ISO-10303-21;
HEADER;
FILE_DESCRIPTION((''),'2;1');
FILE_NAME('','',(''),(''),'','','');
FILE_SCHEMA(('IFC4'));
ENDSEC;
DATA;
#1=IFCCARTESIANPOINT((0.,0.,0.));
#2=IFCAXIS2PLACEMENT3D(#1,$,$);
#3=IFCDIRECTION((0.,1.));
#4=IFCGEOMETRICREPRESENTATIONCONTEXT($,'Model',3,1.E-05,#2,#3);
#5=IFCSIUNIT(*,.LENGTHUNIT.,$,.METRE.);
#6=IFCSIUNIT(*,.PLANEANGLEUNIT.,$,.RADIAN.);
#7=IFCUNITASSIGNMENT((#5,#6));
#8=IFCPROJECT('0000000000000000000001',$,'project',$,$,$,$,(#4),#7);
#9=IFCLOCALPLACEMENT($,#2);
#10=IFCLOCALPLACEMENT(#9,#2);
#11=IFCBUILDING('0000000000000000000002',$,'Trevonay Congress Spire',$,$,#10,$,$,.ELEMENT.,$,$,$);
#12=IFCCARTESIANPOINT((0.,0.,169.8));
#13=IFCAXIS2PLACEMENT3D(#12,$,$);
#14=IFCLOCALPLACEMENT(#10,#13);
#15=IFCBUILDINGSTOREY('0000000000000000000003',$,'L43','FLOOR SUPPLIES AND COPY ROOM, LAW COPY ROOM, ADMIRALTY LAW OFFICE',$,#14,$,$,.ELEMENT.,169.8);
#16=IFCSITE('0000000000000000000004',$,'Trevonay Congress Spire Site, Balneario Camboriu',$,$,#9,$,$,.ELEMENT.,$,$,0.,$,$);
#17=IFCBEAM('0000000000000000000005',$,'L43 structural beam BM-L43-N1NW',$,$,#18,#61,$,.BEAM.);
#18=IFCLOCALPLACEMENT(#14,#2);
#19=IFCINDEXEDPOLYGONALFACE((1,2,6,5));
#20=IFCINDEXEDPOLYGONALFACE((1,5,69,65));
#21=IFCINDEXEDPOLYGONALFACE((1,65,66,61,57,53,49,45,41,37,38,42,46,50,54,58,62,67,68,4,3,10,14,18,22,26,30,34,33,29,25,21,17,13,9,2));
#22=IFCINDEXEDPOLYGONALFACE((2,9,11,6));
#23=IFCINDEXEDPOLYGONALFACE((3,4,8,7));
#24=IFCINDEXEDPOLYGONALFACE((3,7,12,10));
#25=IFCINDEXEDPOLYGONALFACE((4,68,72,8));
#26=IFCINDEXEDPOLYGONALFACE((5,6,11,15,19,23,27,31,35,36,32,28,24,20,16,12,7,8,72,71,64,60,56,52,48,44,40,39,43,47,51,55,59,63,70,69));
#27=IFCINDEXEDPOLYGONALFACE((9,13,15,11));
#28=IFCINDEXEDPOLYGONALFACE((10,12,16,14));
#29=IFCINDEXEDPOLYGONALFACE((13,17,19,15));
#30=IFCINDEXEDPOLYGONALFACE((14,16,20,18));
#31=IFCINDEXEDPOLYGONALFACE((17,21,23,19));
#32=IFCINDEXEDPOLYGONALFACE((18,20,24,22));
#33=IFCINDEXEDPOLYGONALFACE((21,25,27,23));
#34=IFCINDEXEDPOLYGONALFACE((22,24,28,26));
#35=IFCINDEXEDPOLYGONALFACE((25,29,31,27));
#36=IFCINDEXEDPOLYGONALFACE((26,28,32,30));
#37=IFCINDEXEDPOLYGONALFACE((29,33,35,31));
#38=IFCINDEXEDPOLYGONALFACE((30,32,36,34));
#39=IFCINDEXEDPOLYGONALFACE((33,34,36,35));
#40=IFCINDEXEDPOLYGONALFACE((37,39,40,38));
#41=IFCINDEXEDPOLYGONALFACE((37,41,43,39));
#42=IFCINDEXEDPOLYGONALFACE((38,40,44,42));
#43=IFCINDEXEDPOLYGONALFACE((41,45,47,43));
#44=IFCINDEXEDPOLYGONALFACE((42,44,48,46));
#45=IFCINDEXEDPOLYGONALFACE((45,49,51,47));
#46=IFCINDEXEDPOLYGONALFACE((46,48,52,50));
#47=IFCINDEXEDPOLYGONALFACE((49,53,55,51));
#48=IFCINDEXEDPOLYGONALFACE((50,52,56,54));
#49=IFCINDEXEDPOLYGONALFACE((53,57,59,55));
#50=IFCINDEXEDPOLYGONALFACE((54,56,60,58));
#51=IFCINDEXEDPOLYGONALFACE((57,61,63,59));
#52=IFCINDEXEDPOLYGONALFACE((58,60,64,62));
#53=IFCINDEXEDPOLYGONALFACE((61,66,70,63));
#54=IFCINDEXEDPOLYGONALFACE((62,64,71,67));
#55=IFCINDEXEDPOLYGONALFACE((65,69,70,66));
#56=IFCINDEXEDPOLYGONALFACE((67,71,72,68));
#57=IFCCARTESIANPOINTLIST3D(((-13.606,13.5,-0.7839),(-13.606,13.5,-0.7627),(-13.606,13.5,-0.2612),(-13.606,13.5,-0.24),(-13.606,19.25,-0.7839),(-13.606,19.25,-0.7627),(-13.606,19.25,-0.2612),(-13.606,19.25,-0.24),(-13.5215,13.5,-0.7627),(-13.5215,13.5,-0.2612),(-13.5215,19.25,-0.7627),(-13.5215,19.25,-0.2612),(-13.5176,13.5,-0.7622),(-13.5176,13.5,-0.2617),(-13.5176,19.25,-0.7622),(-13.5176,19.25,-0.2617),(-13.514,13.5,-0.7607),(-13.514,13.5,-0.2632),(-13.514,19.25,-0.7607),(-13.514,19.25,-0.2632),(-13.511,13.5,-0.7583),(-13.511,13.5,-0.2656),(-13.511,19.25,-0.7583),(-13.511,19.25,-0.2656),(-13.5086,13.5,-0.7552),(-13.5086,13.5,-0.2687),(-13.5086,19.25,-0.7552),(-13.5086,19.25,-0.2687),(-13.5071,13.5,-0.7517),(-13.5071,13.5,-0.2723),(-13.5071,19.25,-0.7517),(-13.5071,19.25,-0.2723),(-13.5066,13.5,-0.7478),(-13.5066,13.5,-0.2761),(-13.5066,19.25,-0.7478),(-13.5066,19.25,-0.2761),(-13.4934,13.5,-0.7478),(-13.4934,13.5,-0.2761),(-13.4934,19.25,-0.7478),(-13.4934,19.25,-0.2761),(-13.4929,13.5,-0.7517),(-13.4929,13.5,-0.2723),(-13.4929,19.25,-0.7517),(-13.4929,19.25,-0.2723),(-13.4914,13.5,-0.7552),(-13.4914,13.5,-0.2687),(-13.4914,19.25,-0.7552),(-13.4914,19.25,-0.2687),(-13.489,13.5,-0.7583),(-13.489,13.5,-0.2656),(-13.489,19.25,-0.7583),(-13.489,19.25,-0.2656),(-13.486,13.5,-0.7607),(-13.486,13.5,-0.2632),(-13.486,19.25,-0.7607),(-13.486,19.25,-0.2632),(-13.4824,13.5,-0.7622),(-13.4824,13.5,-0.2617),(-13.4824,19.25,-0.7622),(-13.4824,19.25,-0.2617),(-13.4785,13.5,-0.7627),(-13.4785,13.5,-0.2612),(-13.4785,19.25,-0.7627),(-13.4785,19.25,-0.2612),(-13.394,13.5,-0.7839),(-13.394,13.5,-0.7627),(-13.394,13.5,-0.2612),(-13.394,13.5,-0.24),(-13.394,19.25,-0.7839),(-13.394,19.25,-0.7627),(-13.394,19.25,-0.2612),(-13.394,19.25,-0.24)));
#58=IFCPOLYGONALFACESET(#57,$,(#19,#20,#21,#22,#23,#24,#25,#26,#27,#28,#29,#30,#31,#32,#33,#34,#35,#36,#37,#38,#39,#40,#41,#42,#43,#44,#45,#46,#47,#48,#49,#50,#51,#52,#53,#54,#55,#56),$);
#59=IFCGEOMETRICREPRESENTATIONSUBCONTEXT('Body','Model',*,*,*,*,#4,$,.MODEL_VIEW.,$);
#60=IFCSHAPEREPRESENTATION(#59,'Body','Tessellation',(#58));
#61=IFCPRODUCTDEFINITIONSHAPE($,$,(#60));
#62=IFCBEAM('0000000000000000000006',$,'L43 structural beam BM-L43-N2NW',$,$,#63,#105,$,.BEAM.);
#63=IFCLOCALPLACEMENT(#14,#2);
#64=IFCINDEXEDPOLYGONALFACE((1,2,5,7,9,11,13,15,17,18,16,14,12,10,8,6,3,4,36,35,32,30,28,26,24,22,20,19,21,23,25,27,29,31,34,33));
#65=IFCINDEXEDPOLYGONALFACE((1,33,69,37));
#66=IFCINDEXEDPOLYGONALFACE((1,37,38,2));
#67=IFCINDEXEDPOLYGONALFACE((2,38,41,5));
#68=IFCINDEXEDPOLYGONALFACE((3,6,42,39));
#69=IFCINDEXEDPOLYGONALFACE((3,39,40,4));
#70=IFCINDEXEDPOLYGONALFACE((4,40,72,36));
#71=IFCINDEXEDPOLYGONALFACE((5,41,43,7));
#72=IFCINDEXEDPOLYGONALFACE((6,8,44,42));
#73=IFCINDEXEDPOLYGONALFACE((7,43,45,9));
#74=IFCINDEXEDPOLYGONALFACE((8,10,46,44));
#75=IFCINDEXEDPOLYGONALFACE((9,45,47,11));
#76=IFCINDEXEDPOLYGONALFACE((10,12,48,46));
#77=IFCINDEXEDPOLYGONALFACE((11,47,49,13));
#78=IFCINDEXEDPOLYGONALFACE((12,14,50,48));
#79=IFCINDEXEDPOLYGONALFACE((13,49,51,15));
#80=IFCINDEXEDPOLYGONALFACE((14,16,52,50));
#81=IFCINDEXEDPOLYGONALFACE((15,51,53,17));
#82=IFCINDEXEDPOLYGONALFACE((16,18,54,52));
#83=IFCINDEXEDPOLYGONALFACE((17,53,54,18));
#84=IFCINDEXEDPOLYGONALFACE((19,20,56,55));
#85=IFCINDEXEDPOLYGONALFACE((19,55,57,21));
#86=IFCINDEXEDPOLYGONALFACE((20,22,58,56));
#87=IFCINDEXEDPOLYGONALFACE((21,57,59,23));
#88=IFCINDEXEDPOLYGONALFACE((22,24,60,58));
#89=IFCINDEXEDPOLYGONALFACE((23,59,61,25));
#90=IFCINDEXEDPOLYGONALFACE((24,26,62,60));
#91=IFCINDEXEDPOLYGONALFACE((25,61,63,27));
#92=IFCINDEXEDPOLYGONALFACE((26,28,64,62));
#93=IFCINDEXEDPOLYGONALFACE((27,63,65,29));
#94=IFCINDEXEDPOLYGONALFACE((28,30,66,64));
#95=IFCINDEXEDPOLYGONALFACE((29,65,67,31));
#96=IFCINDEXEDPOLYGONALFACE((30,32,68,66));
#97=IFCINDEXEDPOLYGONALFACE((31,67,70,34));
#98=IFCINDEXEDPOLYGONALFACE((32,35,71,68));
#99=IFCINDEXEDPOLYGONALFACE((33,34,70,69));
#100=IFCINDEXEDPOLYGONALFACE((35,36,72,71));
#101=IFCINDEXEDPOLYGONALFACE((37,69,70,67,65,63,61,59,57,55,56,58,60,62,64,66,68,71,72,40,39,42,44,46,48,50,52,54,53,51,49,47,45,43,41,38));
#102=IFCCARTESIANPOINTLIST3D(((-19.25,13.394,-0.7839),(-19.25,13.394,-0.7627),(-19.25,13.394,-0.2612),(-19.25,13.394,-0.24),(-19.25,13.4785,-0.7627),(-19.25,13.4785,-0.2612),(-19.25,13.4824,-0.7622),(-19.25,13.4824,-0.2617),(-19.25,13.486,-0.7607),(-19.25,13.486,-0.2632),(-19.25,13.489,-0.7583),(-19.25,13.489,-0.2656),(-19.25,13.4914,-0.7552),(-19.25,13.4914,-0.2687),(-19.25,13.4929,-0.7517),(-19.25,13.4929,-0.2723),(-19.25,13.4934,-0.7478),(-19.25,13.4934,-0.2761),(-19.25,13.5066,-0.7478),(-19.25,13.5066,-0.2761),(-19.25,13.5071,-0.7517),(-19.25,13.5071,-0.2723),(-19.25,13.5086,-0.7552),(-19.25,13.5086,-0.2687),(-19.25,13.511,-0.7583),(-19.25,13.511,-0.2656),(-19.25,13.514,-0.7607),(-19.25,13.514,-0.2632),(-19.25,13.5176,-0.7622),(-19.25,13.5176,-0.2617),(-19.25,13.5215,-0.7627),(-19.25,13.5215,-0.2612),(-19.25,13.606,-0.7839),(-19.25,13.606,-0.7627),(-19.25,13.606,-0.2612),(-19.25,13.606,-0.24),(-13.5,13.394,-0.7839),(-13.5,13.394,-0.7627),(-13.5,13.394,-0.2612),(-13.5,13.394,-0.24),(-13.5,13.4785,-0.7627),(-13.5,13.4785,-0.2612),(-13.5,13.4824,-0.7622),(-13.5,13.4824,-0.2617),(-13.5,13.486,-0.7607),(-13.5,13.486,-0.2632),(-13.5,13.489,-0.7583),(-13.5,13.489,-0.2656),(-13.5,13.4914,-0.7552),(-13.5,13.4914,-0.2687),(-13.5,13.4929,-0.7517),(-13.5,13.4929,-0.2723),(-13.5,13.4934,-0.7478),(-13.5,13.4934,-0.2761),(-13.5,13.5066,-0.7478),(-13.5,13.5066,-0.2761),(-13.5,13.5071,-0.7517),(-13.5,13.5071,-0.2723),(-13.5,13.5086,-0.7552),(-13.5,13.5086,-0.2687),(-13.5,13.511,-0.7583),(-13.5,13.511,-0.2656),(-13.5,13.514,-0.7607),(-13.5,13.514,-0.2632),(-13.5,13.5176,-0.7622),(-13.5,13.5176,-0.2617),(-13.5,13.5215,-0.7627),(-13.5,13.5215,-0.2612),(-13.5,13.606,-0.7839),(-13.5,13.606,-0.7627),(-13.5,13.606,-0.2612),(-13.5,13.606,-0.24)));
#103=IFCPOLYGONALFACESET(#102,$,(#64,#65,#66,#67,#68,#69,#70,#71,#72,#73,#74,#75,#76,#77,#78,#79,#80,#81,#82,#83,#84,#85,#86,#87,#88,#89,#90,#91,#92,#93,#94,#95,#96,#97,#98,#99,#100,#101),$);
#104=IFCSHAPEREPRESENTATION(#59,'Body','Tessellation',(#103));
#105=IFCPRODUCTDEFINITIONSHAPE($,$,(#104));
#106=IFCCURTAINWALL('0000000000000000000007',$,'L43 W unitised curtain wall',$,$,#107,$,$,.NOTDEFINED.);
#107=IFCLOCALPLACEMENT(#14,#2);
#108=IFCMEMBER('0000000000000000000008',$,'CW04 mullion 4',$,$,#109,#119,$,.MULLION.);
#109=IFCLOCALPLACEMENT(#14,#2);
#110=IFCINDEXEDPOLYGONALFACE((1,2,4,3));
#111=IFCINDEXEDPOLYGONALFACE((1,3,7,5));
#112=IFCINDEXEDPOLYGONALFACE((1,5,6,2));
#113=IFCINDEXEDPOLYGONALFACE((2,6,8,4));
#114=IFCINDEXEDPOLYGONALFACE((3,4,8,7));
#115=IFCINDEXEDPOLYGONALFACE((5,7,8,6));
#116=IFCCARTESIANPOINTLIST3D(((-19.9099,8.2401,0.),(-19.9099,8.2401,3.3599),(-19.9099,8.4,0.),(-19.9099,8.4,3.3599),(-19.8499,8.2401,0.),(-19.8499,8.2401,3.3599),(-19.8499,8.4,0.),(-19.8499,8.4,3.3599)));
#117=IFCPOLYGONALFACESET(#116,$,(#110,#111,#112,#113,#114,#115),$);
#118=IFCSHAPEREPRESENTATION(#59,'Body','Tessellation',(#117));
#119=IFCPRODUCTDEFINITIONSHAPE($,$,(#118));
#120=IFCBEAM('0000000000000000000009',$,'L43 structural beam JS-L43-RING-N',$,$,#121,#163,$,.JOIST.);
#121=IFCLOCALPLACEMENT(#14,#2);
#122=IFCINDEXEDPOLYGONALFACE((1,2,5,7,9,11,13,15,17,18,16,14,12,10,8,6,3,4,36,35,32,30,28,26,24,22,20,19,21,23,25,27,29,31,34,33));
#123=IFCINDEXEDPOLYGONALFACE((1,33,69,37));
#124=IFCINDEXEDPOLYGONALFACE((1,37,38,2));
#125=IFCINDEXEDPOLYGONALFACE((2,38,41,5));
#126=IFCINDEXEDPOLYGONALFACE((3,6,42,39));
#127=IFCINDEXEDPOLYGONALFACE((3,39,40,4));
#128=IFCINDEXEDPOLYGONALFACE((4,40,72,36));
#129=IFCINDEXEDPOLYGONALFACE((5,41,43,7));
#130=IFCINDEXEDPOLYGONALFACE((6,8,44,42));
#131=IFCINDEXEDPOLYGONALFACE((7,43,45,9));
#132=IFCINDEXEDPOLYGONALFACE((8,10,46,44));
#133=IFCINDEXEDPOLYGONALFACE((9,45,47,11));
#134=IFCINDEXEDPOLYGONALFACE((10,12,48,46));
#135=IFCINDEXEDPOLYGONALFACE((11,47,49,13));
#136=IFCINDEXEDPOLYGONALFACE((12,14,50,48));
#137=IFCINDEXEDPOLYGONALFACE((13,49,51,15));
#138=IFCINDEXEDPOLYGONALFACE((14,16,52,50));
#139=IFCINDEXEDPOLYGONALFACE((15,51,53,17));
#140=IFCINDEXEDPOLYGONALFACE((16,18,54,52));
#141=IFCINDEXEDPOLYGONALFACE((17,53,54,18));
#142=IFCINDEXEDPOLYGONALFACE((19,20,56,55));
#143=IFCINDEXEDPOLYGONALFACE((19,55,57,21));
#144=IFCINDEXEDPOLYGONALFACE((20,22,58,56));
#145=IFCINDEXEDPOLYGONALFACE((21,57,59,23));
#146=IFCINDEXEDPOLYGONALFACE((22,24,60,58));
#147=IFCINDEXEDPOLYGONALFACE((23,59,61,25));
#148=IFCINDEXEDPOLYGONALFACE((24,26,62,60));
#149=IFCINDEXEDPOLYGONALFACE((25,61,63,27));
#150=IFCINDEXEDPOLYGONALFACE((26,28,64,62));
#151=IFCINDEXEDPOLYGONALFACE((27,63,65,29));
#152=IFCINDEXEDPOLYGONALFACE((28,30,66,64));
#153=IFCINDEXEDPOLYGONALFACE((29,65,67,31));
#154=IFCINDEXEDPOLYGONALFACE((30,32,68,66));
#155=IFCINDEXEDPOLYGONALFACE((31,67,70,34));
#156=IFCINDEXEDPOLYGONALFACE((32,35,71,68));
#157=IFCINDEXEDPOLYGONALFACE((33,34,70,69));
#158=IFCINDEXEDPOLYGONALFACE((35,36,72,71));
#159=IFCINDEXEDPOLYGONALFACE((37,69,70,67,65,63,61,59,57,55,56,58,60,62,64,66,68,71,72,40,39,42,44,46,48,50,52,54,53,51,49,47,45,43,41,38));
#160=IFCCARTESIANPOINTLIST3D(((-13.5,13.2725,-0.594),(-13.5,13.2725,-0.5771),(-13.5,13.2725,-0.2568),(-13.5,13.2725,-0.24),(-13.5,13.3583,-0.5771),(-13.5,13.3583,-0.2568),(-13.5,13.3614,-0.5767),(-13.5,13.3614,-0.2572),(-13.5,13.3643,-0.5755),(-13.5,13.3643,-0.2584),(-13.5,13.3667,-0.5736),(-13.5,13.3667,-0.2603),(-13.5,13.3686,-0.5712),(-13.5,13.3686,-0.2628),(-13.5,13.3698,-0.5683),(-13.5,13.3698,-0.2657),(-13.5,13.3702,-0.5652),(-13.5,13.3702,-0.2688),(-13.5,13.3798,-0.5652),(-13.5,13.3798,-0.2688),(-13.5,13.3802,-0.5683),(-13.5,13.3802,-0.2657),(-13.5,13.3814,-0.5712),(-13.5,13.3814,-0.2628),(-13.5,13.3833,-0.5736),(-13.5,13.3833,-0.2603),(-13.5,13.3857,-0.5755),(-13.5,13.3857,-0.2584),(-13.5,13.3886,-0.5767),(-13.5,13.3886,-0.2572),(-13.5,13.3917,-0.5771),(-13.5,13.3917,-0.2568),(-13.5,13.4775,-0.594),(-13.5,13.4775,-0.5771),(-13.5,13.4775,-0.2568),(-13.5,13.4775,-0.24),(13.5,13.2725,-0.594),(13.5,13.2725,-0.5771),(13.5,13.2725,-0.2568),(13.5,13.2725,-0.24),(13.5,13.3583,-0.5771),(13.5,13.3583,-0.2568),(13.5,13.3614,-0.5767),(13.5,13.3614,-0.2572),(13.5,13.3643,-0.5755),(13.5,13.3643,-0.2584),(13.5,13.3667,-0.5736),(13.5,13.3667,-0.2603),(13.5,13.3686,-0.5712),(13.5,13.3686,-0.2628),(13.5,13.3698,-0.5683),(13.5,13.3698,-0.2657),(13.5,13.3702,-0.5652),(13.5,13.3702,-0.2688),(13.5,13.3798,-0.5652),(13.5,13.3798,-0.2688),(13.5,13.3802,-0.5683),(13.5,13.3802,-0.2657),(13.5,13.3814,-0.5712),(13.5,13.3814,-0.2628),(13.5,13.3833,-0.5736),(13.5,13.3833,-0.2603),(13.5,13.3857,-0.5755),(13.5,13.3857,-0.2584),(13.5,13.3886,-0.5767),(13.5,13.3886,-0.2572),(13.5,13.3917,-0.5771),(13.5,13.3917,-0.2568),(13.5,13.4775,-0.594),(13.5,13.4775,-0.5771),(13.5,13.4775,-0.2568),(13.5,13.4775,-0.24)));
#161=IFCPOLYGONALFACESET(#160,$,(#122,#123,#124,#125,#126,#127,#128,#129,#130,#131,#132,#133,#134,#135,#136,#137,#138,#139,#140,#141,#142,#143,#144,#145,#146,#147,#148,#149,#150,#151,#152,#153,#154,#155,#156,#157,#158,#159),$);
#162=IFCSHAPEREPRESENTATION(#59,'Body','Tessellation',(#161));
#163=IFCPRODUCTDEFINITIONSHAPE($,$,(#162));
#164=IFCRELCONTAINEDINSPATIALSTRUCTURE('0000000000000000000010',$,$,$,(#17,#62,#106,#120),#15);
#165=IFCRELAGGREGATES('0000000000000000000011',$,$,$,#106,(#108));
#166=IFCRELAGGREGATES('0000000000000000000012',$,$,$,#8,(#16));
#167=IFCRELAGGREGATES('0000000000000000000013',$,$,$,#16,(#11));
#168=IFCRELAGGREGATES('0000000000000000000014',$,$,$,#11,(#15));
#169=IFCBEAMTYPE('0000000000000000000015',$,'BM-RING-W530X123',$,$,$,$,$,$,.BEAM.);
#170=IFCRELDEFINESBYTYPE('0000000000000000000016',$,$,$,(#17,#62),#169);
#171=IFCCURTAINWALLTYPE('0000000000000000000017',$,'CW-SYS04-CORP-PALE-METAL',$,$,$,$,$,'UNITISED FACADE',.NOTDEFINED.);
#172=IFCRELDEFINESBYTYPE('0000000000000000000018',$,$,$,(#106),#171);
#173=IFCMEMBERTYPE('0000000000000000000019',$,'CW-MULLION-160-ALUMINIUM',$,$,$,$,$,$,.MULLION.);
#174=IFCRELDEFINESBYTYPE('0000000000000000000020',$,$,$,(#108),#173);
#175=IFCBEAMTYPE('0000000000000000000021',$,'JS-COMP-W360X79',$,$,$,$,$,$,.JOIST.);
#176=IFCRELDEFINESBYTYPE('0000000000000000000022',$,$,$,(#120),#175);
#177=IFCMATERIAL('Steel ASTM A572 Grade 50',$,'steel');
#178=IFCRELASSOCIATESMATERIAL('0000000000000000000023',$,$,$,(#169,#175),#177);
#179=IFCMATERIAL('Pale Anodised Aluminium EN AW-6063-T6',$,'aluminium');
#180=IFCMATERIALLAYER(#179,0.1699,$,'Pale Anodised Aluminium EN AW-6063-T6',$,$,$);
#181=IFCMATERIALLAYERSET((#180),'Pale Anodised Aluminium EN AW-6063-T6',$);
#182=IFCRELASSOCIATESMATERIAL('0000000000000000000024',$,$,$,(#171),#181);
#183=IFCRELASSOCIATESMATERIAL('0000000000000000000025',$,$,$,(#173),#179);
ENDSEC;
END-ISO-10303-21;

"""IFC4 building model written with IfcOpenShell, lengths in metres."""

from ifc_helpers import new_model, si_unit, direction, frame, origin, origin_2d, place, context, subcontext, project, spatial, rectangle, i_section, extrude, material, layer, layer_set, material_profile, profile_set, type_object, element, aggregate, save


model = new_model("IFC4")

# Units and contexts
model_context = context("Model", 3, precision=1e-05, world=origin(), true_north=direction((0.0, 1.0)))
body_context = subcontext(model_context, "Body", "Model", "MODEL_VIEW")
ifc_project = project(units=[si_unit("LENGTHUNIT", "METRE"), si_unit("PLANEANGLEUNIT", "RADIAN")], contexts=[model_context])

# Site, building, storey
site_placement = place(None, origin())
site = spatial("IfcSite", under=ifc_project, at=site_placement, Name="Trevonay Congress Spire Site, Balneario Camboriu", CompositionType="ELEMENT", RefElevation=0.0)
building_placement = place(site_placement, origin())
building = spatial("IfcBuilding", under=site, at=building_placement, Name="Trevonay Congress Spire", CompositionType="ELEMENT")
storey_placement = place(building_placement, frame((0.0, 0.0, 169.8)))
storey = spatial("IfcBuildingStorey", under=building, at=storey_placement, Name="L43", Description="FLOOR SUPPLIES AND COPY ROOM, LAW COPY ROOM, ADMIRALTY LAW OFFICE", CompositionType="ELEMENT", Elevation=169.8)

# Shared definitions
ifc_material_1 = material(Name="Steel ASTM A572 Grade 50", Category="steel")

# Beams
ifc_material_profile_1 = material_profile(ifc_material_1, i_section(OverallWidth=0.2119, OverallDepth=0.5439, WebThickness=0.0132, FlangeThickness=0.0212, FilletRadius=0.0149, at=origin_2d()), Name="W530x123")
ifc_profile_set_1 = profile_set([ifc_material_profile_1], Name="Steel ASTM A572 Grade 50")
beam_type_1 = type_object("IfcBeamType", Name="BM-RING-W530X123", PredefinedType="BEAM", material=ifc_profile_set_1)
for number, where, z_axis, x_axis, name in (
    (1, (-13.5, 19.25, -0.512), (0.0, -1.0, 0.0), (1.0, 0.0, 0.0), "L43 structural beam BM-L43-N1NW"),
    (2, (-19.25, 13.5, -0.512), (1.0, 0.0, 0.0), (0.0, 1.0, 0.0), "L43 structural beam BM-L43-N2NW"),
):
    element("IfcBeam", number, at=place(storey_placement, frame(where, z_axis=z_axis, x_axis=x_axis)), inside=storey, type_object=beam_type_1, Name=name, PredefinedType="BEAM", context=body_context, shape_type="SweptSolid", body=[
        extrude(i_section(OverallWidth=0.2119, OverallDepth=0.5439, WebThickness=0.0132, FlangeThickness=0.0212, FilletRadius=0.0149, at=origin_2d()), origin(), (0.0, 0.0, 1.0), 5.75),
    ])

# Curtain wall, member
ifc_material_2 = material(Name="Pale Anodised Aluminium EN AW-6063-T6", Category="aluminium")
ifc_layer_1 = layer(ifc_material_2, 0.1699, Name="Pale Anodised Aluminium EN AW-6063-T6")
ifc_layer_set_1 = layer_set([ifc_layer_1], Name="Pale Anodised Aluminium EN AW-6063-T6")
curtain_wall_type = type_object("IfcCurtainWallType", Name="CW-SYS04-CORP-PALE-METAL", ElementType="UNITISED FACADE", PredefinedType="NOTDEFINED", material=ifc_layer_set_1)
curtain_wall_placement = place(storey_placement, origin())
curtain_wall = element("IfcCurtainWall", 3, at=curtain_wall_placement, inside=storey, type_object=curtain_wall_type, Name="L43 W unitised curtain wall", PredefinedType="NOTDEFINED")
ifc_material_profile_2 = material_profile(ifc_material_2, rectangle(XDim=0.0601, YDim=0.1599, at=origin_2d()), Name="CW-MULLION-160-ALUMINIUM")
ifc_profile_set_2 = profile_set([ifc_material_profile_2], Name="Pale Anodised Aluminium EN AW-6063-T6")
member_type_1 = type_object("IfcMemberType", Name="CW-MULLION-160-ALUMINIUM", PredefinedType="MULLION", material=ifc_profile_set_2)
member_placement = place(storey_placement, frame((-19.8799, 8.3201, 0.0), z_axis=(0.0, 0.0, 1.0), x_axis=(-1.0, 0.0, 0.0)))
member = element("IfcMember", 4, at=member_placement, type_object=member_type_1, Name="CW04 mullion 4", PredefinedType="MULLION", context=body_context, shape_type="SweptSolid", body=[
    extrude(rectangle(XDim=0.0601, YDim=0.1599, at=origin_2d()), origin(), (0.0, 0.0, 1.0), 3.3599),
])
aggregate(curtain_wall, [member])

# Beam
ifc_material_profile_3 = material_profile(ifc_material_1, i_section(OverallWidth=0.2051, OverallDepth=0.354, WebThickness=0.0095, FlangeThickness=0.0168, FilletRadius=0.012, at=origin_2d()), Name="W360x79")
ifc_profile_set_3 = profile_set([ifc_material_profile_3], Name="Steel ASTM A572 Grade 50")
beam_type_2 = type_object("IfcBeamType", Name="JS-COMP-W360X79", PredefinedType="JOIST", material=ifc_profile_set_3)
beam_placement = place(storey_placement, frame((-13.5, 13.375, -0.417), z_axis=(1.0, 0.0, 0.0), x_axis=(0.0, 1.0, 0.0)))
element("IfcBeam", 5, at=beam_placement, inside=storey, type_object=beam_type_2, Name="L43 structural beam JS-L43-RING-N", PredefinedType="JOIST", context=body_context, shape_type="SweptSolid", body=[
    extrude(i_section(OverallWidth=0.2051, OverallDepth=0.354, WebThickness=0.0095, FlangeThickness=0.0168, FilletRadius=0.012, at=origin_2d()), origin(), (0.0, 0.0, 1.0), 27.0),
])

save(model, "model.ifc")
